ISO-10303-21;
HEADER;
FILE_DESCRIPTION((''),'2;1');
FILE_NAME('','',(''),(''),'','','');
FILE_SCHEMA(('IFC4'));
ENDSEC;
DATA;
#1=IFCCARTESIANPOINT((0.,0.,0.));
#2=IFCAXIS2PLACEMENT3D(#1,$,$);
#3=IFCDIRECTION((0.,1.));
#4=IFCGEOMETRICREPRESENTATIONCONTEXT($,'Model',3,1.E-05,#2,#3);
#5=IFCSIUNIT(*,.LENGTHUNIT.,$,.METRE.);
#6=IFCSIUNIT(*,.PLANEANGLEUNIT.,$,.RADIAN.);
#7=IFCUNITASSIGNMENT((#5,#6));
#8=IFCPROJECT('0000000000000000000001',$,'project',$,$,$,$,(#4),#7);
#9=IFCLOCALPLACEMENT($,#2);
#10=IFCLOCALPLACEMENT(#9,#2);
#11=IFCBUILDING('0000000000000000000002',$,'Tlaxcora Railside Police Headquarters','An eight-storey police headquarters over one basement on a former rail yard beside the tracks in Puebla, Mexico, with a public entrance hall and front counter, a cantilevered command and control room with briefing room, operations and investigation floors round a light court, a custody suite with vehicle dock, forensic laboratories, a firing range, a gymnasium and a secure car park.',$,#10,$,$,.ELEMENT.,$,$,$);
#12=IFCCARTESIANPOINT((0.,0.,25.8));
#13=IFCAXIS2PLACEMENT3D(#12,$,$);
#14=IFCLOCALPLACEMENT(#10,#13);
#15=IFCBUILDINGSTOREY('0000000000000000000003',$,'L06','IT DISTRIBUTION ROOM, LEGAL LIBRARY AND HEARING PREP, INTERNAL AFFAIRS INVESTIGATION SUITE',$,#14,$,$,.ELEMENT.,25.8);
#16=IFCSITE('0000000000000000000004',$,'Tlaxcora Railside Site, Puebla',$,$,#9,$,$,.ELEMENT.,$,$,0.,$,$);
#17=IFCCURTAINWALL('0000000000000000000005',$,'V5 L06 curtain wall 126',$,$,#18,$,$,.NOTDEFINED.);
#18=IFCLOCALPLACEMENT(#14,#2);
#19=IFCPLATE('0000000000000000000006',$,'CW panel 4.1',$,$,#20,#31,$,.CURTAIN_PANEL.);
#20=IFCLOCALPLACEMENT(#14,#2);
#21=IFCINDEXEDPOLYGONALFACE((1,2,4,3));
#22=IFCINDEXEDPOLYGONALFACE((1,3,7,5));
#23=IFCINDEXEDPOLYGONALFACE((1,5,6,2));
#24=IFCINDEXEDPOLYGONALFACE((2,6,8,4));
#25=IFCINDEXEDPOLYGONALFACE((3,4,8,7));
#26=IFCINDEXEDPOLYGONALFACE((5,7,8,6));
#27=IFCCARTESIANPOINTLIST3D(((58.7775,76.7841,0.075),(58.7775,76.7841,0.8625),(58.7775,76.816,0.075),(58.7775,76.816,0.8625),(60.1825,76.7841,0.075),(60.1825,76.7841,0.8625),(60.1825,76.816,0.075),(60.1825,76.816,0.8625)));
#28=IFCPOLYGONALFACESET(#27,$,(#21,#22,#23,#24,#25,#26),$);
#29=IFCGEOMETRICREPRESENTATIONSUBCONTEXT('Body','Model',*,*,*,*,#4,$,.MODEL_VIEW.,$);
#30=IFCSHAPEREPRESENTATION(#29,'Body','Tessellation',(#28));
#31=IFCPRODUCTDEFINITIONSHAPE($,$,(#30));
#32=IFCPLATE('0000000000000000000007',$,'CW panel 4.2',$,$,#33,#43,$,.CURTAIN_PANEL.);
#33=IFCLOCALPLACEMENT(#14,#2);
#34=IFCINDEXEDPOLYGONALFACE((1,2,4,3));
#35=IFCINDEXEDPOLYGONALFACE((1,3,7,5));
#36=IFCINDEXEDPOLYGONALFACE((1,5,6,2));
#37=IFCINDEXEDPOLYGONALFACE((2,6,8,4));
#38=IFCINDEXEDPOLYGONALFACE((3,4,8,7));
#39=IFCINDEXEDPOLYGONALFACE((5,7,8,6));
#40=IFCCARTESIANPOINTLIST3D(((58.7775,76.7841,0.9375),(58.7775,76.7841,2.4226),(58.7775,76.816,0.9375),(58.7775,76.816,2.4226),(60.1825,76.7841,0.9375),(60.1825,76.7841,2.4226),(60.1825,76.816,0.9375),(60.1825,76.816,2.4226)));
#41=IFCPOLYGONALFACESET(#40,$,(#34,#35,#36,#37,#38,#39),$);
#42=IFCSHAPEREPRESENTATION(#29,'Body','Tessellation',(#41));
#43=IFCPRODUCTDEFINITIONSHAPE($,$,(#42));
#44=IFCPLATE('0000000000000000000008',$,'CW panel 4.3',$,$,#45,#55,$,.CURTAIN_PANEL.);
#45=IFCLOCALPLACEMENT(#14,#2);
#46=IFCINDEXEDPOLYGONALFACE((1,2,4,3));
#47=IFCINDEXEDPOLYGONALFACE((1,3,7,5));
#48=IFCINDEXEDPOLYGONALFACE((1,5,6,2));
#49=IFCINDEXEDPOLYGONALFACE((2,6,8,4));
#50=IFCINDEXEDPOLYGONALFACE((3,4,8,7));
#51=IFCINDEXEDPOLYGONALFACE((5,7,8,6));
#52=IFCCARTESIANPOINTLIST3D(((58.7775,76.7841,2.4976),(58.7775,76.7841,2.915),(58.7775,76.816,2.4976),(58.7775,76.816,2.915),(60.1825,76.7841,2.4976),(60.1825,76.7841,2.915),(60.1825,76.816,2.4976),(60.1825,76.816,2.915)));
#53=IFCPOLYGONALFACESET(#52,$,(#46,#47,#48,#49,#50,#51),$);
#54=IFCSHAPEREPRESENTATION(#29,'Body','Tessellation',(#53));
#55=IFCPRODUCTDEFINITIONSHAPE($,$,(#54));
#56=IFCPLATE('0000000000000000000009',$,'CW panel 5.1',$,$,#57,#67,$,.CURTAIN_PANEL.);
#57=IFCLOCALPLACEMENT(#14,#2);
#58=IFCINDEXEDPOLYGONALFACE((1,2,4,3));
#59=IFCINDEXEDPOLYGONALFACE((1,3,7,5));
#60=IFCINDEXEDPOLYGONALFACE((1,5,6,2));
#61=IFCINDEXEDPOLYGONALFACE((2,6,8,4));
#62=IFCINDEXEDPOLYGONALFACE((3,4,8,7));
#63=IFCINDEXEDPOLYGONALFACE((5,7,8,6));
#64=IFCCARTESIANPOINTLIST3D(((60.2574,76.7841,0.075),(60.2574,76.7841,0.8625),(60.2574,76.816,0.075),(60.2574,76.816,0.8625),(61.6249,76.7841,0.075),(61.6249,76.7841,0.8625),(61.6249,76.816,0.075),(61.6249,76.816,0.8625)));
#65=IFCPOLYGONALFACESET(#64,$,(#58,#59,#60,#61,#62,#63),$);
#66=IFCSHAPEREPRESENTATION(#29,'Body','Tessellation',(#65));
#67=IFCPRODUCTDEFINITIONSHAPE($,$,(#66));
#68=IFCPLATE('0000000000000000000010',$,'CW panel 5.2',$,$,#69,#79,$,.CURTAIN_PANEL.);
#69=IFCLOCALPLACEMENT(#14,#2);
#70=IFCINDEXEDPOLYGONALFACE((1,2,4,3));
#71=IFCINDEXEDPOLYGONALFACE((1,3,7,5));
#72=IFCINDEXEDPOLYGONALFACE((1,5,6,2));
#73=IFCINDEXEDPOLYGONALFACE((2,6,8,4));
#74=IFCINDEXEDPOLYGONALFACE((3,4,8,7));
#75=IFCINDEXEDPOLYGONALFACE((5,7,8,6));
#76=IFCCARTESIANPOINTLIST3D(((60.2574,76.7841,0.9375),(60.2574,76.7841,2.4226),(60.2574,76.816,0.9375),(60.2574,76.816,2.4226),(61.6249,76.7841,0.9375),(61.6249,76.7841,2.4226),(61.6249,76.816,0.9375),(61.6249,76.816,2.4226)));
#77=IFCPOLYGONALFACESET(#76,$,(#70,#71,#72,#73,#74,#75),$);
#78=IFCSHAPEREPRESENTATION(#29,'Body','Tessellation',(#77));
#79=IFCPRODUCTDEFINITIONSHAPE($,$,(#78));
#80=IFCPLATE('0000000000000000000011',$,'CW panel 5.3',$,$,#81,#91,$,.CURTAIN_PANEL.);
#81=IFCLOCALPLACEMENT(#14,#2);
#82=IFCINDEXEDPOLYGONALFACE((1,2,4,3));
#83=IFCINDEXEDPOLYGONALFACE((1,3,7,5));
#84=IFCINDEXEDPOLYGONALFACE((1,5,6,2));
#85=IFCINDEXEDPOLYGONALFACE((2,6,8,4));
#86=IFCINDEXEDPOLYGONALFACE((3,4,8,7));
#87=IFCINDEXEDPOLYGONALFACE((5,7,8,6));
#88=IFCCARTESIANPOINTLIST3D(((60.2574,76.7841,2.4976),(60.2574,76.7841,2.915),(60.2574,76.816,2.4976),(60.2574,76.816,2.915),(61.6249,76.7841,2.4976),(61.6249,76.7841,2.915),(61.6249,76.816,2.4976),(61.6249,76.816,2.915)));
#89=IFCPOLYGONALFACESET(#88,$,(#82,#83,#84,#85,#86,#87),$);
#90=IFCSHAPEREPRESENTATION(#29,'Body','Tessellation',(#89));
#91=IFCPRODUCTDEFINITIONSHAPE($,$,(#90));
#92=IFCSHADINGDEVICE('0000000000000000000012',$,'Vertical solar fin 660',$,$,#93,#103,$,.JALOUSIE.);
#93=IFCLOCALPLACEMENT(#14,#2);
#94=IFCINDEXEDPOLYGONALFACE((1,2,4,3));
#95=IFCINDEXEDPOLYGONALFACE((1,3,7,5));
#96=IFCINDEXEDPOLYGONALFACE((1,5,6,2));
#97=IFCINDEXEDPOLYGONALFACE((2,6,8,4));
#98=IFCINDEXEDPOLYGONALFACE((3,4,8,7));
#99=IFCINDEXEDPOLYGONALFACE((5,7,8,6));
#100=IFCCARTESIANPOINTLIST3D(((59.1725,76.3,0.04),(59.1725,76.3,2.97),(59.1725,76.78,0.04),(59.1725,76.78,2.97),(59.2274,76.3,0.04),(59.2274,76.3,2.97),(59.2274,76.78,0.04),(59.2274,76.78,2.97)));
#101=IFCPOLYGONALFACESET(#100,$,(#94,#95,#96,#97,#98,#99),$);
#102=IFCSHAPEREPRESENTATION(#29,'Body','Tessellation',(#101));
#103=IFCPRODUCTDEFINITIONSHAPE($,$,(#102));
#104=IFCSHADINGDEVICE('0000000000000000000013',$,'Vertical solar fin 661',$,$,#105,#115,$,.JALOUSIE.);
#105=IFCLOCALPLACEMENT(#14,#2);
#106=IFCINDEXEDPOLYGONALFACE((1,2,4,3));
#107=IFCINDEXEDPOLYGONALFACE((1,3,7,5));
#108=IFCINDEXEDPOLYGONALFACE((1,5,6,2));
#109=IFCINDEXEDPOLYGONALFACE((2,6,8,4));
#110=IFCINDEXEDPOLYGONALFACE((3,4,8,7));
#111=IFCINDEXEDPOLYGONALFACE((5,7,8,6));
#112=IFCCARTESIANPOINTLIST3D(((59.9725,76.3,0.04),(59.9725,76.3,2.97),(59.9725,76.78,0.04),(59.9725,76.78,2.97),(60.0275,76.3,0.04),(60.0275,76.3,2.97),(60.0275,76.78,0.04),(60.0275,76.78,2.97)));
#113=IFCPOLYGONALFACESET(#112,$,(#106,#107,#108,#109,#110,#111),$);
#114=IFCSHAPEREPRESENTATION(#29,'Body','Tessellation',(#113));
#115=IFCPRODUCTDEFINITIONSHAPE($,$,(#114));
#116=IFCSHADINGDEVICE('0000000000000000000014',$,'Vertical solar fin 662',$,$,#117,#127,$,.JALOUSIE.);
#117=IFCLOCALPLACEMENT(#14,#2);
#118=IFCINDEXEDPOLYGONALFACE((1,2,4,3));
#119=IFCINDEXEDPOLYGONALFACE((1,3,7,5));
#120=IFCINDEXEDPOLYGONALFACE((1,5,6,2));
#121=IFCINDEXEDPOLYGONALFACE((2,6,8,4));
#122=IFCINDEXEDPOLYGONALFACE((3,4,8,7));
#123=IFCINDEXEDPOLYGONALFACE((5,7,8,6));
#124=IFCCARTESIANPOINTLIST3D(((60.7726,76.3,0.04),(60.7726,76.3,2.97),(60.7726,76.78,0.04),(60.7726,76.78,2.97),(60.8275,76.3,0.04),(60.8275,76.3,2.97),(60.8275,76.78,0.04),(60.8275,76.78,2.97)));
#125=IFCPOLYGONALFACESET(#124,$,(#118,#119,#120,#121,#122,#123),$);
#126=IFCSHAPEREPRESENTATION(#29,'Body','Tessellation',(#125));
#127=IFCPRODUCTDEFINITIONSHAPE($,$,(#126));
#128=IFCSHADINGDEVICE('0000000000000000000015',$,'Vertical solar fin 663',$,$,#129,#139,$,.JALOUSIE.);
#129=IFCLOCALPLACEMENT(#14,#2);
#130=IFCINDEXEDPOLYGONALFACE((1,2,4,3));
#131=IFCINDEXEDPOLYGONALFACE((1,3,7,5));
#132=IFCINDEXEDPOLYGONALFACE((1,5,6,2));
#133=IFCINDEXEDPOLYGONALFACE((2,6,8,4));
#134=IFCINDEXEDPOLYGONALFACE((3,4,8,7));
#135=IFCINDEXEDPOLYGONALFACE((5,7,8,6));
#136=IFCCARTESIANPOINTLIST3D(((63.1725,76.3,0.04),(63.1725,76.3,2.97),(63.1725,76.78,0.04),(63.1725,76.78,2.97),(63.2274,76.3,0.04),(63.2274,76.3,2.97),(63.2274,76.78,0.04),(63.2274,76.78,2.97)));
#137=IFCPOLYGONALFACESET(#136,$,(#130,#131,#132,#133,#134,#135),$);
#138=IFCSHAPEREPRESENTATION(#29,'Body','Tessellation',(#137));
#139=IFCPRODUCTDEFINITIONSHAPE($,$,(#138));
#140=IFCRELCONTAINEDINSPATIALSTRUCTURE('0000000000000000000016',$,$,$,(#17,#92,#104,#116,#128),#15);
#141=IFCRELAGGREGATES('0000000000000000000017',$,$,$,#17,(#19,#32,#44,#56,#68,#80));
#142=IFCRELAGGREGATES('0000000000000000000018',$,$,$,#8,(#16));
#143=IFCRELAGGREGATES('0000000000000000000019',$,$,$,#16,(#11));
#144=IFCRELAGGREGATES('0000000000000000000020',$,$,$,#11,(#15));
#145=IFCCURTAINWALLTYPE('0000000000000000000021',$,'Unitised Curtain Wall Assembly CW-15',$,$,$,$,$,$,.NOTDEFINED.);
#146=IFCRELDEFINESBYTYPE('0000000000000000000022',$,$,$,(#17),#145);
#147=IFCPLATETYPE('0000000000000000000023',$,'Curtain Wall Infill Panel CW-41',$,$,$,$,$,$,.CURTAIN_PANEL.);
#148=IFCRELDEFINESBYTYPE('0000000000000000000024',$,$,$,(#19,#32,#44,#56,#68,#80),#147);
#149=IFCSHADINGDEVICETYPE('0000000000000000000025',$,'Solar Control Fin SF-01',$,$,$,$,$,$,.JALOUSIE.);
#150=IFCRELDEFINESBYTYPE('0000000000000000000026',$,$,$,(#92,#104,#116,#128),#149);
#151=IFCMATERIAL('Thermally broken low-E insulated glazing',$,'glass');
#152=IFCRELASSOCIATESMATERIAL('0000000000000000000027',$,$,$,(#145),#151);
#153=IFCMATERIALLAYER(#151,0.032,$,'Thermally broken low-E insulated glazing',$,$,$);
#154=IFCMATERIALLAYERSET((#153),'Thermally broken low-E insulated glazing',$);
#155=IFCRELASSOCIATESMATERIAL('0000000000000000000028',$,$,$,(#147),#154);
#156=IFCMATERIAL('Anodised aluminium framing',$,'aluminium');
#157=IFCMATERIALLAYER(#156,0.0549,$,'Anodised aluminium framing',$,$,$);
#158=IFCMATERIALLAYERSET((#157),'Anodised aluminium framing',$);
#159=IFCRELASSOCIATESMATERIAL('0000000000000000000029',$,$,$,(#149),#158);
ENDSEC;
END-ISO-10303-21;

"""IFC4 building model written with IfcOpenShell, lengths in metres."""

from ifc_helpers import new_model, si_unit, direction, frame, origin, origin_2d, place, context, subcontext, project, spatial, rectangle, extrude, material, layer, layer_set, type_object, element, aggregate, save


model = new_model("IFC4")

# Units and contexts
model_context = context("Model", 3, precision=1e-05, world=origin(), true_north=direction((0.0, 1.0)))
body_context = subcontext(model_context, "Body", "Model", "MODEL_VIEW")
ifc_project = project(units=[si_unit("LENGTHUNIT", "METRE"), si_unit("PLANEANGLEUNIT", "RADIAN")], contexts=[model_context])

# Site, building, storey
site_placement = place(None, origin())
site = spatial("IfcSite", under=ifc_project, at=site_placement, Name="Tlaxcora Railside Site, Puebla", CompositionType="ELEMENT", RefElevation=0.0)
building_placement = place(site_placement, origin())
building = spatial("IfcBuilding", under=site, at=building_placement, Name="Tlaxcora Railside Police Headquarters", Description="An eight-storey police headquarters over one basement on a former rail yard beside the tracks in Puebla, Mexico, with a public entrance hall and front counter, a cantilevered command and control room with briefing room, operations and investigation floors round a light court, a custody suite with vehicle dock, forensic laboratories, a firing range, a gymnasium and a secure car park.", CompositionType="ELEMENT")
storey_placement = place(building_placement, frame((0.0, 0.0, 25.8)))
storey = spatial("IfcBuildingStorey", under=building, at=storey_placement, Name="L06", Description="IT DISTRIBUTION ROOM, LEGAL LIBRARY AND HEARING PREP, INTERNAL AFFAIRS INVESTIGATION SUITE", CompositionType="ELEMENT", Elevation=25.8)

# Curtain wall
ifc_material_1 = material(Name="Thermally broken low-E insulated glazing", Category="glass")
curtain_wall_type_1 = type_object("IfcCurtainWallType", Name="Unitised Curtain Wall Assembly CW-15", PredefinedType="NOTDEFINED", material=ifc_material_1)
curtain_wall_1_placement = place(storey_placement, origin())
curtain_wall_1 = element("IfcCurtainWall", 1, at=curtain_wall_1_placement, inside=storey, type_object=curtain_wall_type_1, Name="V5 L06 curtain wall 126", PredefinedType="NOTDEFINED")
ifc_material_2 = material(Name="Anodised aluminium framing", Category="aluminium")

# Plates
ifc_layer_1 = layer(ifc_material_1, 0.032, Name="Thermally broken low-E insulated glazing")
ifc_layer_set_1 = layer_set([ifc_layer_1], Name="Thermally broken low-E insulated glazing")
plate_type = type_object("IfcPlateType", Name="Curtain Wall Infill Panel CW-41", PredefinedType="CURTAIN_PANEL", material=ifc_layer_set_1)
plate_1_placement = place(storey_placement, frame((59.48, 76.8, 0.075), z_axis=(0.0, 0.0, 1.0), x_axis=(1.0, 0.0, 0.0)))
plate_1 = element("IfcPlate", 2, at=plate_1_placement, type_object=plate_type, Name="CW panel 4.1", PredefinedType="CURTAIN_PANEL", context=body_context, shape_type="SweptSolid", body=[
    extrude(rectangle(XDim=1.405, YDim=0.032, at=origin_2d()), origin(), (0.0, 0.0, 1.0), 0.7876),
])
plate_2_placement = place(storey_placement, frame((59.48, 76.8, 0.9375), z_axis=(0.0, 0.0, 1.0), x_axis=(1.0, 0.0, 0.0)))
plate_2 = element("IfcPlate", 3, at=plate_2_placement, type_object=plate_type, Name="CW panel 4.2", PredefinedType="CURTAIN_PANEL", context=body_context, shape_type="SweptSolid", body=[
    extrude(rectangle(XDim=1.405, YDim=0.032, at=origin_2d()), origin(), (0.0, 0.0, 1.0), 1.4851),
])
plate_3_placement = place(storey_placement, frame((59.48, 76.8, 2.4976), z_axis=(0.0, 0.0, 1.0), x_axis=(1.0, 0.0, 0.0)))
plate_3 = element("IfcPlate", 4, at=plate_3_placement, type_object=plate_type, Name="CW panel 4.3", PredefinedType="CURTAIN_PANEL", context=body_context, shape_type="SweptSolid", body=[
    extrude(rectangle(XDim=1.405, YDim=0.032, at=origin_2d()), origin(), (0.0, 0.0, 1.0), 0.4175),
])
plate_4_placement = place(storey_placement, frame((60.9412, 76.8, 0.075), z_axis=(0.0, 0.0, 1.0), x_axis=(1.0, 0.0, 0.0)))
plate_4 = element("IfcPlate", 5, at=plate_4_placement, type_object=plate_type, Name="CW panel 5.1", PredefinedType="CURTAIN_PANEL", context=body_context, shape_type="SweptSolid", body=[
    extrude(rectangle(XDim=1.3674, YDim=0.032, at=origin_2d()), origin(), (0.0, 0.0, 1.0), 0.7876),
])
plate_5_placement = place(storey_placement, frame((60.9412, 76.8, 0.9375), z_axis=(0.0, 0.0, 1.0), x_axis=(1.0, 0.0, 0.0)))
plate_5 = element("IfcPlate", 6, at=plate_5_placement, type_object=plate_type, Name="CW panel 5.2", PredefinedType="CURTAIN_PANEL", context=body_context, shape_type="SweptSolid", body=[
    extrude(rectangle(XDim=1.3674, YDim=0.032, at=origin_2d()), origin(), (0.0, 0.0, 1.0), 1.4851),
])
plate_6_placement = place(storey_placement, frame((60.9412, 76.8, 2.4976), z_axis=(0.0, 0.0, 1.0), x_axis=(1.0, 0.0, 0.0)))
plate_6 = element("IfcPlate", 7, at=plate_6_placement, type_object=plate_type, Name="CW panel 5.3", PredefinedType="CURTAIN_PANEL", context=body_context, shape_type="SweptSolid", body=[
    extrude(rectangle(XDim=1.3674, YDim=0.032, at=origin_2d()), origin(), (0.0, 0.0, 1.0), 0.4175),
])
aggregate(curtain_wall_1, [plate_1, plate_2, plate_3, plate_4, plate_5, plate_6])

# Shading devices
ifc_layer_2 = layer(ifc_material_2, 0.0549, Name="Anodised aluminium framing")
ifc_layer_set_2 = layer_set([ifc_layer_2], Name="Anodised aluminium framing")
shading_device_type = type_object("IfcShadingDeviceType", Name="Solar Control Fin SF-01", PredefinedType="JALOUSIE", material=ifc_layer_set_2)
for number, where, z_axis, x_axis, name in (
    (8, (59.2, 76.54, 0.04), (0.0, 0.0, 1.0), (0.0, -1.0, 0.0), "Vertical solar fin 660"),
    (9, (60.0, 76.54, 0.04), (0.0, 0.0, 1.0), (0.0, -1.0, 0.0), "Vertical solar fin 661"),
    (10, (60.8, 76.54, 0.04), (0.0, 0.0, 1.0), (0.0, -1.0, 0.0), "Vertical solar fin 662"),
    (11, (63.2, 76.54, 0.04), (0.0, 0.0, 1.0), (0.0, -1.0, 0.0), "Vertical solar fin 663"),
):
    element("IfcShadingDevice", number, at=place(storey_placement, frame(where, z_axis=z_axis, x_axis=x_axis)), inside=storey, type_object=shading_device_type, Name=name, PredefinedType="JALOUSIE", context=body_context, shape_type="SweptSolid", body=[
        extrude(rectangle(XDim=0.48, YDim=0.0549, at=origin_2d()), origin(), (0.0, 0.0, 1.0), 2.9299),
    ])

save(model, "model.ifc")
